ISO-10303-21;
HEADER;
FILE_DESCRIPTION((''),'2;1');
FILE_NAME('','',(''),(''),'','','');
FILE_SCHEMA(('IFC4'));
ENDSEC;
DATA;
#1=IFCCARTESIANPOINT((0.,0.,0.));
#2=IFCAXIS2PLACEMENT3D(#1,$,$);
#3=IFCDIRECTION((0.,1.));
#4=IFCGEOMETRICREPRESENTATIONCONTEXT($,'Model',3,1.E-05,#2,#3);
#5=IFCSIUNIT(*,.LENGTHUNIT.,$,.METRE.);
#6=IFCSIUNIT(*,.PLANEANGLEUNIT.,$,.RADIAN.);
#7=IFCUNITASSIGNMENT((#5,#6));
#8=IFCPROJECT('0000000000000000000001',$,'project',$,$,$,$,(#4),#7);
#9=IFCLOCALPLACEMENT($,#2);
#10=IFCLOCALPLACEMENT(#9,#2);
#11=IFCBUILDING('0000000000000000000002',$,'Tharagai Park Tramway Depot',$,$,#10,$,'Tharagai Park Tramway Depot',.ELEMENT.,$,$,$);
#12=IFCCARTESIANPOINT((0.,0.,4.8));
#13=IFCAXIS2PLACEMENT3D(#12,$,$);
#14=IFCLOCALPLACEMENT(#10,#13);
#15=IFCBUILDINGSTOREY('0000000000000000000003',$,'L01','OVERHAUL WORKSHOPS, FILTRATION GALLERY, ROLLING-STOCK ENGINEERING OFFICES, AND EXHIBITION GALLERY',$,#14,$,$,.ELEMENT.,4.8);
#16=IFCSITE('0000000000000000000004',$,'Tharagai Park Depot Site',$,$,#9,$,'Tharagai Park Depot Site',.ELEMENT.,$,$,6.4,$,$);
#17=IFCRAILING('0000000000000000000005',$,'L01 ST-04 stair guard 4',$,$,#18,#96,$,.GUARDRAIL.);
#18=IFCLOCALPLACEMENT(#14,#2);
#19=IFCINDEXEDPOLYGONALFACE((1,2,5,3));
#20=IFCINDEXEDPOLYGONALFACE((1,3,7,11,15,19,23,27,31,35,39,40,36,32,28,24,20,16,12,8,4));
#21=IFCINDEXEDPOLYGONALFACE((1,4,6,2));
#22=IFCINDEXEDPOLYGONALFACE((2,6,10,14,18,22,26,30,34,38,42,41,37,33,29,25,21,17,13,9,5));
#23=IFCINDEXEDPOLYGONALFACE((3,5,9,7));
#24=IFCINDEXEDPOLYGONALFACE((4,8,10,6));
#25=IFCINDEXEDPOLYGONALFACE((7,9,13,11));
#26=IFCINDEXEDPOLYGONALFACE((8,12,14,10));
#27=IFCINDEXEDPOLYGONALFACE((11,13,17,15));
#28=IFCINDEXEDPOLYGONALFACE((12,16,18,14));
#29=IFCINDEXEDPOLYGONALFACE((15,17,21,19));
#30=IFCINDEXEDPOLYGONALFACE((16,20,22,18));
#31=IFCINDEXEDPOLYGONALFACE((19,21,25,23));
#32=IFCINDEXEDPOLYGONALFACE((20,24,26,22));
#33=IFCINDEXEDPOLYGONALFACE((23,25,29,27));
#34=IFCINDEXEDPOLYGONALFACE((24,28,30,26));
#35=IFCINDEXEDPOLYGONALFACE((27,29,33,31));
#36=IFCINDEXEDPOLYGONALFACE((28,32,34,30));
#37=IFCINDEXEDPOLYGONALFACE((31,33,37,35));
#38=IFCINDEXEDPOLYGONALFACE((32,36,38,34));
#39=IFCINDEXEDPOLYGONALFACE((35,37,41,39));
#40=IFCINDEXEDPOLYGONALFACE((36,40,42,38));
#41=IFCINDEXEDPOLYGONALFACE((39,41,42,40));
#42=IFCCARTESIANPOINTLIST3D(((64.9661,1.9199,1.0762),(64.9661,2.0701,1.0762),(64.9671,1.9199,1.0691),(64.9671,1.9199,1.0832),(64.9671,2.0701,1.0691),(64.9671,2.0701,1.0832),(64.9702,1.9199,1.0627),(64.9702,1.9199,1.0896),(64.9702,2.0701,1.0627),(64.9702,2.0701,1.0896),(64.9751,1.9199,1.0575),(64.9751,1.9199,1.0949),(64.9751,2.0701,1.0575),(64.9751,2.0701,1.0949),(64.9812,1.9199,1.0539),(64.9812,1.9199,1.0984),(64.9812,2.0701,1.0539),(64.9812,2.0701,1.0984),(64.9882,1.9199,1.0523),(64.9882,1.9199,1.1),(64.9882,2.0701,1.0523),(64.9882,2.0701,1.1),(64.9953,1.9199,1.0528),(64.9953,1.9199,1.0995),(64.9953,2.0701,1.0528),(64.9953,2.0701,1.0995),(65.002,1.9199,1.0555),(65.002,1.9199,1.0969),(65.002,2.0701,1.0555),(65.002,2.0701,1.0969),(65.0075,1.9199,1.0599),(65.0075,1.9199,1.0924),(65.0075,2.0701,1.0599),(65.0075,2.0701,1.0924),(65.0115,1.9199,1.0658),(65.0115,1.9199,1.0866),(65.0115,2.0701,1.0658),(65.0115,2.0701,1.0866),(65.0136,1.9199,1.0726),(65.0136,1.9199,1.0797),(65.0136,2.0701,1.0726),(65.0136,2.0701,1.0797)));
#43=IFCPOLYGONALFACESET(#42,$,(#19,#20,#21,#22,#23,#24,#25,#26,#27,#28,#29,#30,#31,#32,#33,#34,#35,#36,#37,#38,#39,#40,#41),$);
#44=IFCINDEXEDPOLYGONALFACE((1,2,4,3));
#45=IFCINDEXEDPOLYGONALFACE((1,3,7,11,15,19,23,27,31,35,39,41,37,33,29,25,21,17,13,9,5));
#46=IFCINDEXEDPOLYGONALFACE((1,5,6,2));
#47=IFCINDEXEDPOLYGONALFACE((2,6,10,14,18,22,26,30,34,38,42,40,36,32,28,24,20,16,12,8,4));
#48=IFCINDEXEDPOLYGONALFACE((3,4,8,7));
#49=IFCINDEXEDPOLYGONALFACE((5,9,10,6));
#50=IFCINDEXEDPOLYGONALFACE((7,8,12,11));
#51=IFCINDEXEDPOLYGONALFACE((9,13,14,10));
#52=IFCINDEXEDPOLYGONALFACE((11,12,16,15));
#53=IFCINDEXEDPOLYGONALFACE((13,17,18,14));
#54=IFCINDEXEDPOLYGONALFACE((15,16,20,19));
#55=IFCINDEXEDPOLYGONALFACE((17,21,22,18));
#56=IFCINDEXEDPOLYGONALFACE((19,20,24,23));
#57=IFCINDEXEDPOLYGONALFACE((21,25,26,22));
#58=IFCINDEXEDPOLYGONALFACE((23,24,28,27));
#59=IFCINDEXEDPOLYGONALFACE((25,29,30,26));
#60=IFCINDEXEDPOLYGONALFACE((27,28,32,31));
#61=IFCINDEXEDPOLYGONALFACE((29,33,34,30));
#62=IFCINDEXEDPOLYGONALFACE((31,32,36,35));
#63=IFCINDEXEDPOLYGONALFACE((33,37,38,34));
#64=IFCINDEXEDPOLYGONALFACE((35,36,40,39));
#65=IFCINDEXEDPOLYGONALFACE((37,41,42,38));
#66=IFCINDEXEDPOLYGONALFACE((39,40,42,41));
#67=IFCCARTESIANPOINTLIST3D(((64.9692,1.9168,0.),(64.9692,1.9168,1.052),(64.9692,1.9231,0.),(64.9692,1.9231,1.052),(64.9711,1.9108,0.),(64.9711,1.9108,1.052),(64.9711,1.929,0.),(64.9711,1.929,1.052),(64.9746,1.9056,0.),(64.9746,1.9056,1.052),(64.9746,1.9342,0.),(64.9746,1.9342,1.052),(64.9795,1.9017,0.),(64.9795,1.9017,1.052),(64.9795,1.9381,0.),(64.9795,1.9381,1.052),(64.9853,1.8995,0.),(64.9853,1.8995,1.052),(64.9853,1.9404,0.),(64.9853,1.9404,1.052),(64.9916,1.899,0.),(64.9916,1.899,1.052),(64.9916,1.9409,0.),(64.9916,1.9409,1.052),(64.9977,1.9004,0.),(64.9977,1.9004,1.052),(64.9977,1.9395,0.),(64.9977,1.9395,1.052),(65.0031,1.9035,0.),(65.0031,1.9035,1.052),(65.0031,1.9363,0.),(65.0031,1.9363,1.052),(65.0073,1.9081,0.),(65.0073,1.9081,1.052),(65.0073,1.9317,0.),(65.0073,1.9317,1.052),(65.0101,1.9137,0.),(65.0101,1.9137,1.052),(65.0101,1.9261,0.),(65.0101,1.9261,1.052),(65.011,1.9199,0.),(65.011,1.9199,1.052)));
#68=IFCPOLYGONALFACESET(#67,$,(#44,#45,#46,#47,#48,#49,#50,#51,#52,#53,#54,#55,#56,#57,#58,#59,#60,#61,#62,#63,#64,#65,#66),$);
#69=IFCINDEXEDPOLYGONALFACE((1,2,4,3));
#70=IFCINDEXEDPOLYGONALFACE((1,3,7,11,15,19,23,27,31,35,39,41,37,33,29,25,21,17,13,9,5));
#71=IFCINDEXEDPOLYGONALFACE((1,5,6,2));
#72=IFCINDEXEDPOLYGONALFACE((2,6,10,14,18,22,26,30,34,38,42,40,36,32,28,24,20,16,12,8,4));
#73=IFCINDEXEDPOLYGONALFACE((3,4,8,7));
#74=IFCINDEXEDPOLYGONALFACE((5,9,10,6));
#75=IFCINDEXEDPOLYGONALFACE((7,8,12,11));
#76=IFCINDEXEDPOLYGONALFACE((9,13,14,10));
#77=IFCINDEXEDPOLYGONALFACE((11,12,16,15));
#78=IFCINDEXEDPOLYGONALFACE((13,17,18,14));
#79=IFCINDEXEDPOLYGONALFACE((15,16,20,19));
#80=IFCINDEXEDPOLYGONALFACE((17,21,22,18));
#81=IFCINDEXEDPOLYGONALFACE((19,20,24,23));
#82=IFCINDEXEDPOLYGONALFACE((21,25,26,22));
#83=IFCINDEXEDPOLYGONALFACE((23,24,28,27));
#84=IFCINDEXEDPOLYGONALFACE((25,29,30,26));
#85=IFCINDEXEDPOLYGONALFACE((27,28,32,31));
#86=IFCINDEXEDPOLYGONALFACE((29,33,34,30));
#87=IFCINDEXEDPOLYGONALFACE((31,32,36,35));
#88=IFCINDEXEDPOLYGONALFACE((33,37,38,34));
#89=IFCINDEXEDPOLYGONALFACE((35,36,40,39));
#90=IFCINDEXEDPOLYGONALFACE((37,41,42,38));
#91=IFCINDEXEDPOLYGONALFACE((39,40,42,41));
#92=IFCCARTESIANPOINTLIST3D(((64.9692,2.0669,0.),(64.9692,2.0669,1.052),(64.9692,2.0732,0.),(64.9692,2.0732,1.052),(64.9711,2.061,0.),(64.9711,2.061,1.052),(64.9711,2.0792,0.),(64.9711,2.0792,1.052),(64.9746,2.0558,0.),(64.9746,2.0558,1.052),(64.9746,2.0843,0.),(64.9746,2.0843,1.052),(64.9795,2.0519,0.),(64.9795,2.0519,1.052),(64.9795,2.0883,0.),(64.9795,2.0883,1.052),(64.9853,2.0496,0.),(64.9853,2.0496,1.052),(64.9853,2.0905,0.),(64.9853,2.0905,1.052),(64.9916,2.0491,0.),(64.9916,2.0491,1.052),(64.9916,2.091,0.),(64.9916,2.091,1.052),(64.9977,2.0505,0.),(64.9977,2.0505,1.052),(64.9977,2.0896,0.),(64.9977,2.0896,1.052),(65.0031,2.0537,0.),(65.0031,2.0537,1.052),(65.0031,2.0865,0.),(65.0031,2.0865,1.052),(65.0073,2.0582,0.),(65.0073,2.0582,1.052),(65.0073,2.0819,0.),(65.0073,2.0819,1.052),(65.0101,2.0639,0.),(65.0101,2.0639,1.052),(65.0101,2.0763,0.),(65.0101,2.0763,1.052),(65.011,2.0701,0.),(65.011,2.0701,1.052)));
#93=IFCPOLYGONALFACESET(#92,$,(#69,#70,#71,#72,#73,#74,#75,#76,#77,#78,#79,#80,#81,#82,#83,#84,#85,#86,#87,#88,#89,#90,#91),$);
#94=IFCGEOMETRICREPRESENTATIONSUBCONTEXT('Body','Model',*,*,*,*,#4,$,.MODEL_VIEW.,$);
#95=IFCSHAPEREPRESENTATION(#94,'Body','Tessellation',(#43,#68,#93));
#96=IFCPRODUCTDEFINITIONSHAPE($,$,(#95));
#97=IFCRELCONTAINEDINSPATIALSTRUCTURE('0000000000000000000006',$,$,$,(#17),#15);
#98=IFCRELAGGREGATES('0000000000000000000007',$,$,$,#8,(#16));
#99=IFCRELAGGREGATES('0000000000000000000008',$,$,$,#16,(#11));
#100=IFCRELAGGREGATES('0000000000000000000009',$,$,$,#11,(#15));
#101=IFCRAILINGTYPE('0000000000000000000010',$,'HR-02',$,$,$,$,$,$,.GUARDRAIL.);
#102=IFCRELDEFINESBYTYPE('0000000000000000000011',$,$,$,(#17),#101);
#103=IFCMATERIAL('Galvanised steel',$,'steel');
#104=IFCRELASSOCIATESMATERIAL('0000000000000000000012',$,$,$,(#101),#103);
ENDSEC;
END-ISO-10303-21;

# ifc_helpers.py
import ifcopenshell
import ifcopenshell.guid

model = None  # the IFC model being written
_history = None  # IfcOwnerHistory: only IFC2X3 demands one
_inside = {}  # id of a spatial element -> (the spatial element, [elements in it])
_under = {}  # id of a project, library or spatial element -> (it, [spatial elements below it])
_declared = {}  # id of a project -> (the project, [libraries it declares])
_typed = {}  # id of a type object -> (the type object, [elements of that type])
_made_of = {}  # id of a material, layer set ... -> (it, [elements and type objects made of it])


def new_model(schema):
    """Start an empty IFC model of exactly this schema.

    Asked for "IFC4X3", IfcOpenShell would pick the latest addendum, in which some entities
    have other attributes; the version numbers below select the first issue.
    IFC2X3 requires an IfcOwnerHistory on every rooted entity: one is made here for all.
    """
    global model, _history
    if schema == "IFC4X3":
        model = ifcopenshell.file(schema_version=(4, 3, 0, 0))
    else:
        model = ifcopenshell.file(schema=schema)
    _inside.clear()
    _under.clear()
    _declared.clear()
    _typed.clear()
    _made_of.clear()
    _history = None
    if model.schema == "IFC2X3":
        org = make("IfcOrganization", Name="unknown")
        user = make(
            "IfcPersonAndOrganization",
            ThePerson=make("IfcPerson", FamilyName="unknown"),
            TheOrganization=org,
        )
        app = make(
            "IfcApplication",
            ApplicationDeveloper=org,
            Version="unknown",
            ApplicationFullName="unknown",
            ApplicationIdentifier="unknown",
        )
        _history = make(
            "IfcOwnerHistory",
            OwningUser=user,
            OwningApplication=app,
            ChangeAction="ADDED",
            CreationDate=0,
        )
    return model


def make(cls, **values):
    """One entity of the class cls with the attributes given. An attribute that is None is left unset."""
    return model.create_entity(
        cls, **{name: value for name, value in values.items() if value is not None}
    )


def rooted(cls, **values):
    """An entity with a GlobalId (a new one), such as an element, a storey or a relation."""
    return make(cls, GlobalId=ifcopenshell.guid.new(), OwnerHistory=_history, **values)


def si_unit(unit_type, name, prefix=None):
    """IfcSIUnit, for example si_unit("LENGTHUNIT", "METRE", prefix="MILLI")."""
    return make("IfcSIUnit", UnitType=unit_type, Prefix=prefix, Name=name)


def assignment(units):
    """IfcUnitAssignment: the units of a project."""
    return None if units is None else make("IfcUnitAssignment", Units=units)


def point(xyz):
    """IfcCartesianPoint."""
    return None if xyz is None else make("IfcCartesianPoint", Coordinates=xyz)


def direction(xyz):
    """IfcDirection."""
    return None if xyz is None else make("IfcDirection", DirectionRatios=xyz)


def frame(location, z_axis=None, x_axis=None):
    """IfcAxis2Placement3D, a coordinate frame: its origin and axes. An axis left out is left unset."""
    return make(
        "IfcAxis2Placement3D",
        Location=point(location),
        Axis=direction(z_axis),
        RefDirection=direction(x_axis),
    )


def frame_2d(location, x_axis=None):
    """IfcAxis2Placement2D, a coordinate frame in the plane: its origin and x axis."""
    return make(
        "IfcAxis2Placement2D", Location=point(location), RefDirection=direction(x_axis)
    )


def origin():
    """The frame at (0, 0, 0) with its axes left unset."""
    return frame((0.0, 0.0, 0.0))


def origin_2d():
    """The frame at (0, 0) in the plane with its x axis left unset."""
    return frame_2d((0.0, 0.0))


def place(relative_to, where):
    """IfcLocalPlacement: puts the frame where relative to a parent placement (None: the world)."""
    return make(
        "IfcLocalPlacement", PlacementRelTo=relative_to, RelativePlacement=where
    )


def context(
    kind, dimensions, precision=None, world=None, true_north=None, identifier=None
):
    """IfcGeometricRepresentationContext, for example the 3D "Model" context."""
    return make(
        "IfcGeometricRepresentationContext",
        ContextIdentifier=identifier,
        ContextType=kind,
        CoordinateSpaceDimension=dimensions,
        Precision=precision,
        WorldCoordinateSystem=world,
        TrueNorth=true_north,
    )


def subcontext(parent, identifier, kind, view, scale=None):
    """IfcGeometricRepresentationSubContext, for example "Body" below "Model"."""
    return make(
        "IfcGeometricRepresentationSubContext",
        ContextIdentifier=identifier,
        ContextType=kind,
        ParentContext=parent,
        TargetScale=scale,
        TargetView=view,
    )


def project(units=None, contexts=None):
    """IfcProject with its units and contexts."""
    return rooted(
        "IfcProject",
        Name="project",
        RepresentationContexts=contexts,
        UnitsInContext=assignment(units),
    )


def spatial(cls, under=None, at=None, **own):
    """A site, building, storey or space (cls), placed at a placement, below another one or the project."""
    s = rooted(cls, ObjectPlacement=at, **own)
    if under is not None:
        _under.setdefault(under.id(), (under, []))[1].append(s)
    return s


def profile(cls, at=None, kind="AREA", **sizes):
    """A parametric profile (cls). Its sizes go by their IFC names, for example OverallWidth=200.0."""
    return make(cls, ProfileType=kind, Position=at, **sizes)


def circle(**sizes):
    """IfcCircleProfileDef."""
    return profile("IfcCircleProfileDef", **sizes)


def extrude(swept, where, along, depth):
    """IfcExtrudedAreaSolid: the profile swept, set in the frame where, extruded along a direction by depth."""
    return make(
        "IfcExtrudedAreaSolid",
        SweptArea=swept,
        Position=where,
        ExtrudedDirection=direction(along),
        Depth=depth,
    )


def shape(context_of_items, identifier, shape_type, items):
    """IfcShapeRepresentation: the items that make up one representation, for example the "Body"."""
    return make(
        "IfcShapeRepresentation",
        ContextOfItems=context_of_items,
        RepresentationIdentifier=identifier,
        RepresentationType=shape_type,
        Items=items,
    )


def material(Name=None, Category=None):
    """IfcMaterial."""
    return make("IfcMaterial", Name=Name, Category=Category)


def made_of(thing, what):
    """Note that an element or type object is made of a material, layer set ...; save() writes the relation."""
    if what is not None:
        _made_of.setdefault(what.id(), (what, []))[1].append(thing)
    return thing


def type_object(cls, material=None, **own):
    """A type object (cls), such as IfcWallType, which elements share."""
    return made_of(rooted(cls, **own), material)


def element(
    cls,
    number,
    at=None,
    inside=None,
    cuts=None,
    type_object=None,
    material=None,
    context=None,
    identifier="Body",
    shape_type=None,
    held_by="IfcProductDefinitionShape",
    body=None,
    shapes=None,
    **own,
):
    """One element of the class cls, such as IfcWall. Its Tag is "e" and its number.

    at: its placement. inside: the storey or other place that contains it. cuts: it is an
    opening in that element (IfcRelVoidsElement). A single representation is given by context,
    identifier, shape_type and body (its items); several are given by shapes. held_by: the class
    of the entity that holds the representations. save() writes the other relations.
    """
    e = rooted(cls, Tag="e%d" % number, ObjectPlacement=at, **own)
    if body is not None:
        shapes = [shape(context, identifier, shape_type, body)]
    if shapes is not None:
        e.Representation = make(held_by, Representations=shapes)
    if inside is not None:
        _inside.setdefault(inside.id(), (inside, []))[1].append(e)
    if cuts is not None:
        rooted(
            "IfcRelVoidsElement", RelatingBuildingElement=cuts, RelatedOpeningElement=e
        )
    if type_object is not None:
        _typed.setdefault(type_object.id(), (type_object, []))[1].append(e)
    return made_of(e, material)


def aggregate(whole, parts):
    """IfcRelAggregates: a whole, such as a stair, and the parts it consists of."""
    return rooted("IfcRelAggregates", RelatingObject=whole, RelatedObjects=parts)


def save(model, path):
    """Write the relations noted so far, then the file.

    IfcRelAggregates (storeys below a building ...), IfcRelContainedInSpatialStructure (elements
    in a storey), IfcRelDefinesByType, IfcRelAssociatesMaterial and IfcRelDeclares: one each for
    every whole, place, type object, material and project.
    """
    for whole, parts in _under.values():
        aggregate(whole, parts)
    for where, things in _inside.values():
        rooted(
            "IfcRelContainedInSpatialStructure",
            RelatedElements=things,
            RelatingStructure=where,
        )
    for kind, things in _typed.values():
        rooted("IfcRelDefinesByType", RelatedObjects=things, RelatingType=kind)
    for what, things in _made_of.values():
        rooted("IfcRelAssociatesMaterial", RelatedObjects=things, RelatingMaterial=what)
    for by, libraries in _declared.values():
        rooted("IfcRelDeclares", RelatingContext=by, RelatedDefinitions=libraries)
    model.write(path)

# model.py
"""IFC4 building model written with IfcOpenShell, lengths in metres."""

from ifc_helpers import new_model, si_unit, direction, frame, origin, origin_2d, place, context, subcontext, project, spatial, circle, extrude, material, type_object, element, save


model = new_model("IFC4")

# Units and contexts
model_context = context("Model", 3, precision=1e-05, world=origin(), true_north=direction((0.0, 1.0)))
body_context = subcontext(model_context, "Body", "Model", "MODEL_VIEW")
ifc_project = project(units=[si_unit("LENGTHUNIT", "METRE"), si_unit("PLANEANGLEUNIT", "RADIAN")], contexts=[model_context])

# Site, building, storey
site_placement = place(None, origin())
site = spatial("IfcSite", under=ifc_project, at=site_placement, Name="Tharagai Park Depot Site", LongName="Tharagai Park Depot Site", CompositionType="ELEMENT", RefElevation=6.4)
building_placement = place(site_placement, origin())
building = spatial("IfcBuilding", under=site, at=building_placement, Name="Tharagai Park Tramway Depot", LongName="Tharagai Park Tramway Depot", CompositionType="ELEMENT")
storey_placement = place(building_placement, frame((0.0, 0.0, 4.8)))
storey = spatial("IfcBuildingStorey", under=building, at=storey_placement, Name="L01", Description="OVERHAUL WORKSHOPS, FILTRATION GALLERY, ROLLING-STOCK ENGINEERING OFFICES, AND EXHIBITION GALLERY", CompositionType="ELEMENT", Elevation=4.8)

# Railing
ifc_material_1 = material(Name="Galvanised steel", Category="steel")
railing_type_1 = type_object("IfcRailingType", Name="HR-02", PredefinedType="GUARDRAIL", material=ifc_material_1)
railing_1_placement = place(storey_placement, frame((64.99, 1.9199, 0.0)))
element("IfcRailing", 1, at=railing_1_placement, inside=storey, type_object=railing_type_1, Name="L01 ST-04 stair guard 4", PredefinedType="GUARDRAIL", context=body_context, shape_type="SweptSolid", body=[
    extrude(circle(Radius=0.0239, at=origin_2d()), frame((0.0, 0.0, 1.0762), z_axis=(0.0, 1.0, 0.0), x_axis=(-1.0, 0.0, 0.0)), (0.0, 0.0, 1.0), 0.1501),
    extrude(circle(Radius=0.021, at=origin_2d()), origin(), (0.0, 0.0, 1.0), 1.052),
    extrude(circle(Radius=0.021, at=origin_2d()), frame((0.0, 0.1501, 0.0)), (0.0, 0.0, 1.0), 1.052),
])

save(model, "model.ifc")
